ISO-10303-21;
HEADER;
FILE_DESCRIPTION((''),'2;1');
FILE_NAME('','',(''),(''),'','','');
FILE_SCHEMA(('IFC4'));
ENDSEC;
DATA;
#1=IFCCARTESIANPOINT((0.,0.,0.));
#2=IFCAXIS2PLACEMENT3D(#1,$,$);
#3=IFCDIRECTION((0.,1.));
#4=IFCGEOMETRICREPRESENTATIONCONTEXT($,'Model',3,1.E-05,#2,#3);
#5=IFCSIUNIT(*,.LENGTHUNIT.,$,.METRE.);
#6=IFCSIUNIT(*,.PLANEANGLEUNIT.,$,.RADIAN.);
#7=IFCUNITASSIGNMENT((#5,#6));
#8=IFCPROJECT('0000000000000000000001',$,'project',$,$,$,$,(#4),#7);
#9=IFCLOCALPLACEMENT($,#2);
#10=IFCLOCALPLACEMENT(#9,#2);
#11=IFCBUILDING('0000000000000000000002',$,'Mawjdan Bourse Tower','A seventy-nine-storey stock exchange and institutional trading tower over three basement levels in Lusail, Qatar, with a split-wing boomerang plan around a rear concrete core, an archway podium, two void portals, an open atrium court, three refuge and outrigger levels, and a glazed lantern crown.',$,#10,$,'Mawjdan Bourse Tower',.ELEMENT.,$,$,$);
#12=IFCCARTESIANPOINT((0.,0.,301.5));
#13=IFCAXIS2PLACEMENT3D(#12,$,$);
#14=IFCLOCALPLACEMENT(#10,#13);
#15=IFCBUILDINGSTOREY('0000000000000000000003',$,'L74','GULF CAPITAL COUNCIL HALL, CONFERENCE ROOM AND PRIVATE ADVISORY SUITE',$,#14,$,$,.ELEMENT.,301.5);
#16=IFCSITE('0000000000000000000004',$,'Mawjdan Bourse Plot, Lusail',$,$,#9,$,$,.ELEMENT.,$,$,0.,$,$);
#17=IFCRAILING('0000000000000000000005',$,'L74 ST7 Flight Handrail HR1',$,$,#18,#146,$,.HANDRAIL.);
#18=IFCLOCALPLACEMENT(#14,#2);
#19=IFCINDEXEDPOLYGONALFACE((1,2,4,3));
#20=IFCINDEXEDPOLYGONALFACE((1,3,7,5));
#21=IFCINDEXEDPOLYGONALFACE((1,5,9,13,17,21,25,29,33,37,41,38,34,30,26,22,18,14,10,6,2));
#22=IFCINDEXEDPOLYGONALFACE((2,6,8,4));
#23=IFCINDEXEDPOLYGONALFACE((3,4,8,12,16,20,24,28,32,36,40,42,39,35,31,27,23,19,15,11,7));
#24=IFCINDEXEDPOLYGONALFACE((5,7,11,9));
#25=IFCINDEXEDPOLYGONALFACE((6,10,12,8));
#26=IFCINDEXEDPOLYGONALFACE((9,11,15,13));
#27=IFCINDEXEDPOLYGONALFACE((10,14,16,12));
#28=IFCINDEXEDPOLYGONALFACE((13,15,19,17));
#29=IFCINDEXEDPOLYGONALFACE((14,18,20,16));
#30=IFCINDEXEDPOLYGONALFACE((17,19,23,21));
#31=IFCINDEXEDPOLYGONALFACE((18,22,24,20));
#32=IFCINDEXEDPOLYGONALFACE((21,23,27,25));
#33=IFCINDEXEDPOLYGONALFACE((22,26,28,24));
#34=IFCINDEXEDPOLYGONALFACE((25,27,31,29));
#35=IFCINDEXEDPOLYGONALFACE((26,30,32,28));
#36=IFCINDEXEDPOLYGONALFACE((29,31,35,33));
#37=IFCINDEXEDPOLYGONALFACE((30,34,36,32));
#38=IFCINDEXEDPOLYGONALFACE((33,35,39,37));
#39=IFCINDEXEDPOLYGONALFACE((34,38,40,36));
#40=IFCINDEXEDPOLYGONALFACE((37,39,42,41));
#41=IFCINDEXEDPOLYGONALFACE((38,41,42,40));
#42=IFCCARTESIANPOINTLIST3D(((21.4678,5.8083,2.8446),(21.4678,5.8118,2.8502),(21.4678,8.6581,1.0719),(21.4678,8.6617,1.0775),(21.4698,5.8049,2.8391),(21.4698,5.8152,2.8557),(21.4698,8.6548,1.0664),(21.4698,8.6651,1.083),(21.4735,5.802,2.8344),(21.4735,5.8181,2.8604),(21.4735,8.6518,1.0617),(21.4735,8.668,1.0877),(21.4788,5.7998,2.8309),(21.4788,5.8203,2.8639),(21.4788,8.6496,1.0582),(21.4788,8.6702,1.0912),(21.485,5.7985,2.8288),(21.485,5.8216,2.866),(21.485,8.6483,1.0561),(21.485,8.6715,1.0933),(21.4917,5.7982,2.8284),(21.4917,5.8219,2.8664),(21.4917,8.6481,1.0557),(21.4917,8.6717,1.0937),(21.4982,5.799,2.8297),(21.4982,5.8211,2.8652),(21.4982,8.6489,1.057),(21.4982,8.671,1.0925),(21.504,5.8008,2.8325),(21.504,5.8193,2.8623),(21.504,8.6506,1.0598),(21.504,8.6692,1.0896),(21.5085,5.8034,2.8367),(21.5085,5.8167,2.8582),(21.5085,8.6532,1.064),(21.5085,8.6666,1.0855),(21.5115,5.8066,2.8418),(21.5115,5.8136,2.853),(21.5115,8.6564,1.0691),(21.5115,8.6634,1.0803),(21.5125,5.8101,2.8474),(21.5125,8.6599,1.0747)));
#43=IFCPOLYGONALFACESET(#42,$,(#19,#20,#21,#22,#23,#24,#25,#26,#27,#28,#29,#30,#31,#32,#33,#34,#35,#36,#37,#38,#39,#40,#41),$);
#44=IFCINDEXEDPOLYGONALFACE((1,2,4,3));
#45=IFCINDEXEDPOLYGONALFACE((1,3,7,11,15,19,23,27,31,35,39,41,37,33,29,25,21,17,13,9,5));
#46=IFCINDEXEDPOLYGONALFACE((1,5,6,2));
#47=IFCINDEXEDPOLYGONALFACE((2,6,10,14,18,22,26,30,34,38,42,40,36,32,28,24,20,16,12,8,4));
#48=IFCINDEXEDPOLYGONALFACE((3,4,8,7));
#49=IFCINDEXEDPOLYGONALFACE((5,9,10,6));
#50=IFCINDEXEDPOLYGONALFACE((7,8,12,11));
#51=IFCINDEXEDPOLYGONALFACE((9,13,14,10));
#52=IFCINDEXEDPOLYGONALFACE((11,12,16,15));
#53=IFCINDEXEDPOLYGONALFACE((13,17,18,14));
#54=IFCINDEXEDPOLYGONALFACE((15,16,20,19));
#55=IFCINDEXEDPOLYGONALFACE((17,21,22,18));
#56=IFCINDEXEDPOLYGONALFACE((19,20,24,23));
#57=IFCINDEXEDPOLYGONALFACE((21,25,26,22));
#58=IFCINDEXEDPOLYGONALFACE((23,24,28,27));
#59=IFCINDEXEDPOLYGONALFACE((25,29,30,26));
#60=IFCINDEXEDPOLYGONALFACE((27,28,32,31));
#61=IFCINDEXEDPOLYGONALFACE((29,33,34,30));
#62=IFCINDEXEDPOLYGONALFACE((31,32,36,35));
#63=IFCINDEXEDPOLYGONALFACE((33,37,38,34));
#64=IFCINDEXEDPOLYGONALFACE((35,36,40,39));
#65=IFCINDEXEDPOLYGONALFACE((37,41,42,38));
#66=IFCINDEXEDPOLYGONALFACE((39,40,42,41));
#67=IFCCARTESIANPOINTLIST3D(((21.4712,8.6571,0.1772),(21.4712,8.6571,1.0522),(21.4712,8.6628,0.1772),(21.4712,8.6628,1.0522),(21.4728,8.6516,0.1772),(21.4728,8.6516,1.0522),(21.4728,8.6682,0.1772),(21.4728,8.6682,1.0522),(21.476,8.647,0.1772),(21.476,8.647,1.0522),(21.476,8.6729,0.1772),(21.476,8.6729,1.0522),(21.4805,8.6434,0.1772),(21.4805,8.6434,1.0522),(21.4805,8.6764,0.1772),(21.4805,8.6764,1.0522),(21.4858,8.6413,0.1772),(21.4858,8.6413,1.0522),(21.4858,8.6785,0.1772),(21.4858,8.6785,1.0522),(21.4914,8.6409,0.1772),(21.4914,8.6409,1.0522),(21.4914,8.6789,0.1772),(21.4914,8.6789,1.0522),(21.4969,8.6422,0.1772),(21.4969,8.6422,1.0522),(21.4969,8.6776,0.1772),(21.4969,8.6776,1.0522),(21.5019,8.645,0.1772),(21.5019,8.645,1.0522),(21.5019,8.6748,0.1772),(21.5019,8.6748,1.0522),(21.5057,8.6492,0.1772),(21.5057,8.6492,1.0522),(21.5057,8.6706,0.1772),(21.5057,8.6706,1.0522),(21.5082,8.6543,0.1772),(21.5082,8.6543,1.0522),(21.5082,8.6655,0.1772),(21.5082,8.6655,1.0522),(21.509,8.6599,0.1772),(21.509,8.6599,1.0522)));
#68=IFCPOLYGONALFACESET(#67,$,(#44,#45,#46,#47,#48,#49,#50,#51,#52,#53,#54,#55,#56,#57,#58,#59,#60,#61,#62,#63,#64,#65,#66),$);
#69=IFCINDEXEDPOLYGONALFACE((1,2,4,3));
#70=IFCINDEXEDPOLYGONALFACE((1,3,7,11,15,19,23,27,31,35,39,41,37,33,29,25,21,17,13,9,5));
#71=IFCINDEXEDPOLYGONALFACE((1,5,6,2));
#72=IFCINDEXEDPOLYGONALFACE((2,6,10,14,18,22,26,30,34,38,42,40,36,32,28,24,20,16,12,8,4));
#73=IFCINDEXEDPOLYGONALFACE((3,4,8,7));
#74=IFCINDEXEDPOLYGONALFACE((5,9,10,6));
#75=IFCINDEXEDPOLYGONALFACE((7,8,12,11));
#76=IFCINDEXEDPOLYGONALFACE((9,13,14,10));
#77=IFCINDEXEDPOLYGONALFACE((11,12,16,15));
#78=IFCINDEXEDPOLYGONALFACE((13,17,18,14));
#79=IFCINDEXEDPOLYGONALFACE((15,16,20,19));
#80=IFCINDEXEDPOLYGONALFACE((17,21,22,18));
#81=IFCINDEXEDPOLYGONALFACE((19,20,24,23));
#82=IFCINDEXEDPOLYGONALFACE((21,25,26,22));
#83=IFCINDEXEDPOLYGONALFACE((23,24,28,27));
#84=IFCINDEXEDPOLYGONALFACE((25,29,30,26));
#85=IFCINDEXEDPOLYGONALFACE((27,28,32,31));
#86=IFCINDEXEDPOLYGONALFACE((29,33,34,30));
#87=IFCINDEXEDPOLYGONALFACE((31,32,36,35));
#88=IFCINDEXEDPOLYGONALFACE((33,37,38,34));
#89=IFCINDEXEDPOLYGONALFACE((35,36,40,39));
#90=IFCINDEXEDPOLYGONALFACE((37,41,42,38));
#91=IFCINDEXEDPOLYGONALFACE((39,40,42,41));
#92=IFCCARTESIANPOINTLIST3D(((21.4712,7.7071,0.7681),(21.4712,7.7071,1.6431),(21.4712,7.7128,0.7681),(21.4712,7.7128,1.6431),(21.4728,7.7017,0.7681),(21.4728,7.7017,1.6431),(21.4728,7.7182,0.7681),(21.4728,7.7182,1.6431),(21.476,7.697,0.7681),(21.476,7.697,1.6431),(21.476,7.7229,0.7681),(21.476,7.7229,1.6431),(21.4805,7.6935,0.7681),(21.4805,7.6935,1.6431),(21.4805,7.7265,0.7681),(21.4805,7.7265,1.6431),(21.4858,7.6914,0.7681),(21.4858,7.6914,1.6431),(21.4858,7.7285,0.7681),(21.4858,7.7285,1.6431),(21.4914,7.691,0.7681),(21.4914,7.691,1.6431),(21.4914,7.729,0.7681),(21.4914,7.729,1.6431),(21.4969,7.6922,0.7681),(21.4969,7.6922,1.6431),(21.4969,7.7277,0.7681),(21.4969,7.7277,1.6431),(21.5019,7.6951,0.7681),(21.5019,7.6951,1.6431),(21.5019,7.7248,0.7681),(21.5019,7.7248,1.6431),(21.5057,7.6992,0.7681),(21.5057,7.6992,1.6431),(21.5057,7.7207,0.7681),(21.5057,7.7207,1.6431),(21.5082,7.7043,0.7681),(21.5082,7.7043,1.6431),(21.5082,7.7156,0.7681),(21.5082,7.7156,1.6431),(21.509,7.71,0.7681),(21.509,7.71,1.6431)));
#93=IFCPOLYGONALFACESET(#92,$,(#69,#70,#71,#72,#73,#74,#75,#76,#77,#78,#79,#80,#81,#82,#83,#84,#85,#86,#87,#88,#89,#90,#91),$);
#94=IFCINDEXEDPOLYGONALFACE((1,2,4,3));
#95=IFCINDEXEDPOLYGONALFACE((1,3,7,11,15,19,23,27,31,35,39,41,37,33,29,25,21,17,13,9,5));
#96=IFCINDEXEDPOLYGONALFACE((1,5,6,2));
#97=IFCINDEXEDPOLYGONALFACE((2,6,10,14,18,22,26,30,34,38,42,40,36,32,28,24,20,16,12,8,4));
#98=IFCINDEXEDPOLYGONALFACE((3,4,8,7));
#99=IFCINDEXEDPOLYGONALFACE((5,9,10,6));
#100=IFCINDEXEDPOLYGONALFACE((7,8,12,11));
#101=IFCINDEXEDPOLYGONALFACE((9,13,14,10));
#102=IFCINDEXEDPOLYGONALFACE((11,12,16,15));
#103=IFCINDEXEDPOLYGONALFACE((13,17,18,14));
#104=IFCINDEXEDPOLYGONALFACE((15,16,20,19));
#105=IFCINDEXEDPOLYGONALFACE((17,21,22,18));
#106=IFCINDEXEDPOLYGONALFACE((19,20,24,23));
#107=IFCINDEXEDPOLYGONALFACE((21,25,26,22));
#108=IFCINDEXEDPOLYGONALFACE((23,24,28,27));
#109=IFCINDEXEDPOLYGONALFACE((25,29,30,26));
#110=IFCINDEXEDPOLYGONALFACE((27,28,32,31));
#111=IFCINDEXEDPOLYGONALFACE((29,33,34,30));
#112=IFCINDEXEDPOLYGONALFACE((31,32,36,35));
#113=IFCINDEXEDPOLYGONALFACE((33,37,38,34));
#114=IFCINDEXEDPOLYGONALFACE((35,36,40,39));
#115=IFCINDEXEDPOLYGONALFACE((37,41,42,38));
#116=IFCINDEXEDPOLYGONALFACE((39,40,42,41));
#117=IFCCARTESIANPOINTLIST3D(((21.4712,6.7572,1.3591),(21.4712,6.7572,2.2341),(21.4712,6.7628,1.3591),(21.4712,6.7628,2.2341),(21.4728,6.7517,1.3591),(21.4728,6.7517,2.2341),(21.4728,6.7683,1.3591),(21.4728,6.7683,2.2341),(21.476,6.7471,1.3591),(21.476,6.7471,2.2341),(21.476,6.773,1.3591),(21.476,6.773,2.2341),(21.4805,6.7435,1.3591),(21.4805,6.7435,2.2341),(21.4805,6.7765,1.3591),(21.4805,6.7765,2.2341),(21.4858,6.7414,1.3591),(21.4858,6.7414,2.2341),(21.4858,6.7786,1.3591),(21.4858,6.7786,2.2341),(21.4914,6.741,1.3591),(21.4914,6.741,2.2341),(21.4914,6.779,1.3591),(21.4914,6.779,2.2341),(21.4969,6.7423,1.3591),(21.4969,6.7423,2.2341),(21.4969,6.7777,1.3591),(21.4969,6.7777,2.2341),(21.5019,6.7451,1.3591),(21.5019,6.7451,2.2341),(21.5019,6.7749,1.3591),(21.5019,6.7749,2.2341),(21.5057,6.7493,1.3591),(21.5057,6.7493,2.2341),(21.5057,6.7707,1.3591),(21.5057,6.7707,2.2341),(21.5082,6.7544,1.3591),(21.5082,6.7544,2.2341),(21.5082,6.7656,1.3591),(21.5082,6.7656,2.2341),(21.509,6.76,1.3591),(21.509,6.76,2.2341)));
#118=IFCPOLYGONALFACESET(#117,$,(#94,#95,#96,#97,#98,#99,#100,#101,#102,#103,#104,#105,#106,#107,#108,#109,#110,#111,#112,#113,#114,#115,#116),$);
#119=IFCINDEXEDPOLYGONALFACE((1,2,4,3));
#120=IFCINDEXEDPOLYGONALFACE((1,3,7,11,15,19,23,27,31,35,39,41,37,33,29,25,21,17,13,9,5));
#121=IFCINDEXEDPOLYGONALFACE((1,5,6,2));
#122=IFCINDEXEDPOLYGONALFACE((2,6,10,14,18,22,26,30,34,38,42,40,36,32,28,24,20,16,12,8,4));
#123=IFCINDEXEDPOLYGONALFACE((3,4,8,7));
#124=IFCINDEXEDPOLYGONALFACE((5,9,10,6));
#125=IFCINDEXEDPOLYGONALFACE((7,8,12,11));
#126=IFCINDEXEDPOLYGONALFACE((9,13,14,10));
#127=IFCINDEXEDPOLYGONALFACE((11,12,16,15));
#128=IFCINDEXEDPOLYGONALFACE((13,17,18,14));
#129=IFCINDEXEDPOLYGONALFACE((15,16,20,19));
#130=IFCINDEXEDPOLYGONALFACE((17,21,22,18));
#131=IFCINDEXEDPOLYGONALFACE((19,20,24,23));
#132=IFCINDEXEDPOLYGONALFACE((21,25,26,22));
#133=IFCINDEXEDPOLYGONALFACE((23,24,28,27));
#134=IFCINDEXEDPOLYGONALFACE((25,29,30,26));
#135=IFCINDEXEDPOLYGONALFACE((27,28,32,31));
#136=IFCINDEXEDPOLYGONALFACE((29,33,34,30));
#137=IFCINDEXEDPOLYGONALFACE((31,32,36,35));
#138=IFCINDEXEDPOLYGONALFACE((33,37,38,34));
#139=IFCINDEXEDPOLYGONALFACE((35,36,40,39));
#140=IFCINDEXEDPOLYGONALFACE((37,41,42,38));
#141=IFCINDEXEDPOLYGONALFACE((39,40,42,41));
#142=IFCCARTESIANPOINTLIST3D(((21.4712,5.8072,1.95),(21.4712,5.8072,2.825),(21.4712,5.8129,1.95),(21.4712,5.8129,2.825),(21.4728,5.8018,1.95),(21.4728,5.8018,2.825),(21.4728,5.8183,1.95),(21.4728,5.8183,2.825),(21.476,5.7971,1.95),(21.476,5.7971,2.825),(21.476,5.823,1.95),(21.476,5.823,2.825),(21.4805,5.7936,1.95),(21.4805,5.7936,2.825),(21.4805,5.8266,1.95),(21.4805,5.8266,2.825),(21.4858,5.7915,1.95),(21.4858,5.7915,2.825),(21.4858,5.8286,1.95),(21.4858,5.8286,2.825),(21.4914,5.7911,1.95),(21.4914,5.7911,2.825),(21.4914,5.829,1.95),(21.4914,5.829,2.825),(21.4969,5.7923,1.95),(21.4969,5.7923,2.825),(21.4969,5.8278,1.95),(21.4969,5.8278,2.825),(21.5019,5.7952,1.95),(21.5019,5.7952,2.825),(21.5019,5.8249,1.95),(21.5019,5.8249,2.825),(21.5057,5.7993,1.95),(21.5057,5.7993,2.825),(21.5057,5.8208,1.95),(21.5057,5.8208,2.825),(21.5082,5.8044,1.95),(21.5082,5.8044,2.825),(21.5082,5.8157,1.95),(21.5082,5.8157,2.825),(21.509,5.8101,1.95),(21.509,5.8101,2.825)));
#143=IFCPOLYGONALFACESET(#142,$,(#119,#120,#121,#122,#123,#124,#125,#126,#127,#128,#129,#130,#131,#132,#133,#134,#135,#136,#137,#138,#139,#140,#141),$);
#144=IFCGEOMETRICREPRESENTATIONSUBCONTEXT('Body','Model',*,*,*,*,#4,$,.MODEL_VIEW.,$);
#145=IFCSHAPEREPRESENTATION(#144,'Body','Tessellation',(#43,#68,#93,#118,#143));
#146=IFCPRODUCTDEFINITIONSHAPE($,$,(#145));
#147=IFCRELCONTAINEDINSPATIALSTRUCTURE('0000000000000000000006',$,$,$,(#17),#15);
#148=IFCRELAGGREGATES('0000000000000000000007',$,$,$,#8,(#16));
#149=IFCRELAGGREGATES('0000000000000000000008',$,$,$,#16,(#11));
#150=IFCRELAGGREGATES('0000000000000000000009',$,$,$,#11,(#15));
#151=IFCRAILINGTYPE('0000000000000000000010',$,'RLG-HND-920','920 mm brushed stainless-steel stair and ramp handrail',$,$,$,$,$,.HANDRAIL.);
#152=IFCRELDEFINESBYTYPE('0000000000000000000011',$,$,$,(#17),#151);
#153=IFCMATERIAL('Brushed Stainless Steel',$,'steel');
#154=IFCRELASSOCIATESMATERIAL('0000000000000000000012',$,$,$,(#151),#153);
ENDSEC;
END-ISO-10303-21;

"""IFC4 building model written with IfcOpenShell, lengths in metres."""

from ifc_helpers import new_model, si_unit, direction, frame, origin, origin_2d, place, context, subcontext, project, spatial, circle, extrude, material, type_object, element, save


model = new_model("IFC4")

# Units and contexts
model_context = context("Model", 3, precision=1e-05, world=origin(), true_north=direction((0.0, 1.0)))
body_context = subcontext(model_context, "Body", "Model", "MODEL_VIEW")
ifc_project = project(units=[si_unit("LENGTHUNIT", "METRE"), si_unit("PLANEANGLEUNIT", "RADIAN")], contexts=[model_context])

# Site, building, storey
site_placement = place(None, origin())
site = spatial("IfcSite", under=ifc_project, at=site_placement, Name="Mawjdan Bourse Plot, Lusail", CompositionType="ELEMENT", RefElevation=0.0)
building_placement = place(site_placement, origin())
building = spatial("IfcBuilding", under=site, at=building_placement, Name="Mawjdan Bourse Tower", Description="A seventy-nine-storey stock exchange and institutional trading tower over three basement levels in Lusail, Qatar, with a split-wing boomerang plan around a rear concrete core, an archway podium, two void portals, an open atrium court, three refuge and outrigger levels, and a glazed lantern crown.", LongName="Mawjdan Bourse Tower", CompositionType="ELEMENT")
storey_placement = place(building_placement, frame((0.0, 0.0, 301.5)))
storey = spatial("IfcBuildingStorey", under=building, at=storey_placement, Name="L74", Description="GULF CAPITAL COUNCIL HALL, CONFERENCE ROOM AND PRIVATE ADVISORY SUITE", CompositionType="ELEMENT", Elevation=301.5)

# Railing
ifc_material_1 = material(Name="Brushed Stainless Steel", Category="steel")
railing_type_1 = type_object("IfcRailingType", Name="RLG-HND-920", Description="920 mm brushed stainless-steel stair and ramp handrail", PredefinedType="HANDRAIL", material=ifc_material_1)
railing_1_placement = place(storey_placement, frame((21.49, 8.6599, 0.1772)))
element("IfcRailing", 1, at=railing_1_placement, inside=storey, type_object=railing_type_1, Name="L74 ST7 Flight Handrail HR1", PredefinedType="HANDRAIL", context=body_context, shape_type="SweptSolid", body=[
    extrude(circle(Radius=0.0225, at=origin_2d()), frame((0.0, 0.0, 0.8975), z_axis=(0.0, -0.849128, 0.528187), x_axis=(1.0, 0.0, 0.0)), (0.0, 0.0, 1.0), 3.3562),
    extrude(circle(Radius=0.019, at=origin_2d()), origin(), (0.0, 0.0, 1.0), 0.875),
    extrude(circle(Radius=0.019, at=origin_2d()), frame((0.0, -0.95, 0.5908)), (0.0, 0.0, 1.0), 0.875),
    extrude(circle(Radius=0.019, at=origin_2d()), frame((0.0, -1.8999, 1.1819)), (0.0, 0.0, 1.0), 0.875),
    extrude(circle(Radius=0.019, at=origin_2d()), frame((0.0, -2.8499, 1.7727)), (0.0, 0.0, 1.0), 0.875),
])

save(model, "model.ifc")
